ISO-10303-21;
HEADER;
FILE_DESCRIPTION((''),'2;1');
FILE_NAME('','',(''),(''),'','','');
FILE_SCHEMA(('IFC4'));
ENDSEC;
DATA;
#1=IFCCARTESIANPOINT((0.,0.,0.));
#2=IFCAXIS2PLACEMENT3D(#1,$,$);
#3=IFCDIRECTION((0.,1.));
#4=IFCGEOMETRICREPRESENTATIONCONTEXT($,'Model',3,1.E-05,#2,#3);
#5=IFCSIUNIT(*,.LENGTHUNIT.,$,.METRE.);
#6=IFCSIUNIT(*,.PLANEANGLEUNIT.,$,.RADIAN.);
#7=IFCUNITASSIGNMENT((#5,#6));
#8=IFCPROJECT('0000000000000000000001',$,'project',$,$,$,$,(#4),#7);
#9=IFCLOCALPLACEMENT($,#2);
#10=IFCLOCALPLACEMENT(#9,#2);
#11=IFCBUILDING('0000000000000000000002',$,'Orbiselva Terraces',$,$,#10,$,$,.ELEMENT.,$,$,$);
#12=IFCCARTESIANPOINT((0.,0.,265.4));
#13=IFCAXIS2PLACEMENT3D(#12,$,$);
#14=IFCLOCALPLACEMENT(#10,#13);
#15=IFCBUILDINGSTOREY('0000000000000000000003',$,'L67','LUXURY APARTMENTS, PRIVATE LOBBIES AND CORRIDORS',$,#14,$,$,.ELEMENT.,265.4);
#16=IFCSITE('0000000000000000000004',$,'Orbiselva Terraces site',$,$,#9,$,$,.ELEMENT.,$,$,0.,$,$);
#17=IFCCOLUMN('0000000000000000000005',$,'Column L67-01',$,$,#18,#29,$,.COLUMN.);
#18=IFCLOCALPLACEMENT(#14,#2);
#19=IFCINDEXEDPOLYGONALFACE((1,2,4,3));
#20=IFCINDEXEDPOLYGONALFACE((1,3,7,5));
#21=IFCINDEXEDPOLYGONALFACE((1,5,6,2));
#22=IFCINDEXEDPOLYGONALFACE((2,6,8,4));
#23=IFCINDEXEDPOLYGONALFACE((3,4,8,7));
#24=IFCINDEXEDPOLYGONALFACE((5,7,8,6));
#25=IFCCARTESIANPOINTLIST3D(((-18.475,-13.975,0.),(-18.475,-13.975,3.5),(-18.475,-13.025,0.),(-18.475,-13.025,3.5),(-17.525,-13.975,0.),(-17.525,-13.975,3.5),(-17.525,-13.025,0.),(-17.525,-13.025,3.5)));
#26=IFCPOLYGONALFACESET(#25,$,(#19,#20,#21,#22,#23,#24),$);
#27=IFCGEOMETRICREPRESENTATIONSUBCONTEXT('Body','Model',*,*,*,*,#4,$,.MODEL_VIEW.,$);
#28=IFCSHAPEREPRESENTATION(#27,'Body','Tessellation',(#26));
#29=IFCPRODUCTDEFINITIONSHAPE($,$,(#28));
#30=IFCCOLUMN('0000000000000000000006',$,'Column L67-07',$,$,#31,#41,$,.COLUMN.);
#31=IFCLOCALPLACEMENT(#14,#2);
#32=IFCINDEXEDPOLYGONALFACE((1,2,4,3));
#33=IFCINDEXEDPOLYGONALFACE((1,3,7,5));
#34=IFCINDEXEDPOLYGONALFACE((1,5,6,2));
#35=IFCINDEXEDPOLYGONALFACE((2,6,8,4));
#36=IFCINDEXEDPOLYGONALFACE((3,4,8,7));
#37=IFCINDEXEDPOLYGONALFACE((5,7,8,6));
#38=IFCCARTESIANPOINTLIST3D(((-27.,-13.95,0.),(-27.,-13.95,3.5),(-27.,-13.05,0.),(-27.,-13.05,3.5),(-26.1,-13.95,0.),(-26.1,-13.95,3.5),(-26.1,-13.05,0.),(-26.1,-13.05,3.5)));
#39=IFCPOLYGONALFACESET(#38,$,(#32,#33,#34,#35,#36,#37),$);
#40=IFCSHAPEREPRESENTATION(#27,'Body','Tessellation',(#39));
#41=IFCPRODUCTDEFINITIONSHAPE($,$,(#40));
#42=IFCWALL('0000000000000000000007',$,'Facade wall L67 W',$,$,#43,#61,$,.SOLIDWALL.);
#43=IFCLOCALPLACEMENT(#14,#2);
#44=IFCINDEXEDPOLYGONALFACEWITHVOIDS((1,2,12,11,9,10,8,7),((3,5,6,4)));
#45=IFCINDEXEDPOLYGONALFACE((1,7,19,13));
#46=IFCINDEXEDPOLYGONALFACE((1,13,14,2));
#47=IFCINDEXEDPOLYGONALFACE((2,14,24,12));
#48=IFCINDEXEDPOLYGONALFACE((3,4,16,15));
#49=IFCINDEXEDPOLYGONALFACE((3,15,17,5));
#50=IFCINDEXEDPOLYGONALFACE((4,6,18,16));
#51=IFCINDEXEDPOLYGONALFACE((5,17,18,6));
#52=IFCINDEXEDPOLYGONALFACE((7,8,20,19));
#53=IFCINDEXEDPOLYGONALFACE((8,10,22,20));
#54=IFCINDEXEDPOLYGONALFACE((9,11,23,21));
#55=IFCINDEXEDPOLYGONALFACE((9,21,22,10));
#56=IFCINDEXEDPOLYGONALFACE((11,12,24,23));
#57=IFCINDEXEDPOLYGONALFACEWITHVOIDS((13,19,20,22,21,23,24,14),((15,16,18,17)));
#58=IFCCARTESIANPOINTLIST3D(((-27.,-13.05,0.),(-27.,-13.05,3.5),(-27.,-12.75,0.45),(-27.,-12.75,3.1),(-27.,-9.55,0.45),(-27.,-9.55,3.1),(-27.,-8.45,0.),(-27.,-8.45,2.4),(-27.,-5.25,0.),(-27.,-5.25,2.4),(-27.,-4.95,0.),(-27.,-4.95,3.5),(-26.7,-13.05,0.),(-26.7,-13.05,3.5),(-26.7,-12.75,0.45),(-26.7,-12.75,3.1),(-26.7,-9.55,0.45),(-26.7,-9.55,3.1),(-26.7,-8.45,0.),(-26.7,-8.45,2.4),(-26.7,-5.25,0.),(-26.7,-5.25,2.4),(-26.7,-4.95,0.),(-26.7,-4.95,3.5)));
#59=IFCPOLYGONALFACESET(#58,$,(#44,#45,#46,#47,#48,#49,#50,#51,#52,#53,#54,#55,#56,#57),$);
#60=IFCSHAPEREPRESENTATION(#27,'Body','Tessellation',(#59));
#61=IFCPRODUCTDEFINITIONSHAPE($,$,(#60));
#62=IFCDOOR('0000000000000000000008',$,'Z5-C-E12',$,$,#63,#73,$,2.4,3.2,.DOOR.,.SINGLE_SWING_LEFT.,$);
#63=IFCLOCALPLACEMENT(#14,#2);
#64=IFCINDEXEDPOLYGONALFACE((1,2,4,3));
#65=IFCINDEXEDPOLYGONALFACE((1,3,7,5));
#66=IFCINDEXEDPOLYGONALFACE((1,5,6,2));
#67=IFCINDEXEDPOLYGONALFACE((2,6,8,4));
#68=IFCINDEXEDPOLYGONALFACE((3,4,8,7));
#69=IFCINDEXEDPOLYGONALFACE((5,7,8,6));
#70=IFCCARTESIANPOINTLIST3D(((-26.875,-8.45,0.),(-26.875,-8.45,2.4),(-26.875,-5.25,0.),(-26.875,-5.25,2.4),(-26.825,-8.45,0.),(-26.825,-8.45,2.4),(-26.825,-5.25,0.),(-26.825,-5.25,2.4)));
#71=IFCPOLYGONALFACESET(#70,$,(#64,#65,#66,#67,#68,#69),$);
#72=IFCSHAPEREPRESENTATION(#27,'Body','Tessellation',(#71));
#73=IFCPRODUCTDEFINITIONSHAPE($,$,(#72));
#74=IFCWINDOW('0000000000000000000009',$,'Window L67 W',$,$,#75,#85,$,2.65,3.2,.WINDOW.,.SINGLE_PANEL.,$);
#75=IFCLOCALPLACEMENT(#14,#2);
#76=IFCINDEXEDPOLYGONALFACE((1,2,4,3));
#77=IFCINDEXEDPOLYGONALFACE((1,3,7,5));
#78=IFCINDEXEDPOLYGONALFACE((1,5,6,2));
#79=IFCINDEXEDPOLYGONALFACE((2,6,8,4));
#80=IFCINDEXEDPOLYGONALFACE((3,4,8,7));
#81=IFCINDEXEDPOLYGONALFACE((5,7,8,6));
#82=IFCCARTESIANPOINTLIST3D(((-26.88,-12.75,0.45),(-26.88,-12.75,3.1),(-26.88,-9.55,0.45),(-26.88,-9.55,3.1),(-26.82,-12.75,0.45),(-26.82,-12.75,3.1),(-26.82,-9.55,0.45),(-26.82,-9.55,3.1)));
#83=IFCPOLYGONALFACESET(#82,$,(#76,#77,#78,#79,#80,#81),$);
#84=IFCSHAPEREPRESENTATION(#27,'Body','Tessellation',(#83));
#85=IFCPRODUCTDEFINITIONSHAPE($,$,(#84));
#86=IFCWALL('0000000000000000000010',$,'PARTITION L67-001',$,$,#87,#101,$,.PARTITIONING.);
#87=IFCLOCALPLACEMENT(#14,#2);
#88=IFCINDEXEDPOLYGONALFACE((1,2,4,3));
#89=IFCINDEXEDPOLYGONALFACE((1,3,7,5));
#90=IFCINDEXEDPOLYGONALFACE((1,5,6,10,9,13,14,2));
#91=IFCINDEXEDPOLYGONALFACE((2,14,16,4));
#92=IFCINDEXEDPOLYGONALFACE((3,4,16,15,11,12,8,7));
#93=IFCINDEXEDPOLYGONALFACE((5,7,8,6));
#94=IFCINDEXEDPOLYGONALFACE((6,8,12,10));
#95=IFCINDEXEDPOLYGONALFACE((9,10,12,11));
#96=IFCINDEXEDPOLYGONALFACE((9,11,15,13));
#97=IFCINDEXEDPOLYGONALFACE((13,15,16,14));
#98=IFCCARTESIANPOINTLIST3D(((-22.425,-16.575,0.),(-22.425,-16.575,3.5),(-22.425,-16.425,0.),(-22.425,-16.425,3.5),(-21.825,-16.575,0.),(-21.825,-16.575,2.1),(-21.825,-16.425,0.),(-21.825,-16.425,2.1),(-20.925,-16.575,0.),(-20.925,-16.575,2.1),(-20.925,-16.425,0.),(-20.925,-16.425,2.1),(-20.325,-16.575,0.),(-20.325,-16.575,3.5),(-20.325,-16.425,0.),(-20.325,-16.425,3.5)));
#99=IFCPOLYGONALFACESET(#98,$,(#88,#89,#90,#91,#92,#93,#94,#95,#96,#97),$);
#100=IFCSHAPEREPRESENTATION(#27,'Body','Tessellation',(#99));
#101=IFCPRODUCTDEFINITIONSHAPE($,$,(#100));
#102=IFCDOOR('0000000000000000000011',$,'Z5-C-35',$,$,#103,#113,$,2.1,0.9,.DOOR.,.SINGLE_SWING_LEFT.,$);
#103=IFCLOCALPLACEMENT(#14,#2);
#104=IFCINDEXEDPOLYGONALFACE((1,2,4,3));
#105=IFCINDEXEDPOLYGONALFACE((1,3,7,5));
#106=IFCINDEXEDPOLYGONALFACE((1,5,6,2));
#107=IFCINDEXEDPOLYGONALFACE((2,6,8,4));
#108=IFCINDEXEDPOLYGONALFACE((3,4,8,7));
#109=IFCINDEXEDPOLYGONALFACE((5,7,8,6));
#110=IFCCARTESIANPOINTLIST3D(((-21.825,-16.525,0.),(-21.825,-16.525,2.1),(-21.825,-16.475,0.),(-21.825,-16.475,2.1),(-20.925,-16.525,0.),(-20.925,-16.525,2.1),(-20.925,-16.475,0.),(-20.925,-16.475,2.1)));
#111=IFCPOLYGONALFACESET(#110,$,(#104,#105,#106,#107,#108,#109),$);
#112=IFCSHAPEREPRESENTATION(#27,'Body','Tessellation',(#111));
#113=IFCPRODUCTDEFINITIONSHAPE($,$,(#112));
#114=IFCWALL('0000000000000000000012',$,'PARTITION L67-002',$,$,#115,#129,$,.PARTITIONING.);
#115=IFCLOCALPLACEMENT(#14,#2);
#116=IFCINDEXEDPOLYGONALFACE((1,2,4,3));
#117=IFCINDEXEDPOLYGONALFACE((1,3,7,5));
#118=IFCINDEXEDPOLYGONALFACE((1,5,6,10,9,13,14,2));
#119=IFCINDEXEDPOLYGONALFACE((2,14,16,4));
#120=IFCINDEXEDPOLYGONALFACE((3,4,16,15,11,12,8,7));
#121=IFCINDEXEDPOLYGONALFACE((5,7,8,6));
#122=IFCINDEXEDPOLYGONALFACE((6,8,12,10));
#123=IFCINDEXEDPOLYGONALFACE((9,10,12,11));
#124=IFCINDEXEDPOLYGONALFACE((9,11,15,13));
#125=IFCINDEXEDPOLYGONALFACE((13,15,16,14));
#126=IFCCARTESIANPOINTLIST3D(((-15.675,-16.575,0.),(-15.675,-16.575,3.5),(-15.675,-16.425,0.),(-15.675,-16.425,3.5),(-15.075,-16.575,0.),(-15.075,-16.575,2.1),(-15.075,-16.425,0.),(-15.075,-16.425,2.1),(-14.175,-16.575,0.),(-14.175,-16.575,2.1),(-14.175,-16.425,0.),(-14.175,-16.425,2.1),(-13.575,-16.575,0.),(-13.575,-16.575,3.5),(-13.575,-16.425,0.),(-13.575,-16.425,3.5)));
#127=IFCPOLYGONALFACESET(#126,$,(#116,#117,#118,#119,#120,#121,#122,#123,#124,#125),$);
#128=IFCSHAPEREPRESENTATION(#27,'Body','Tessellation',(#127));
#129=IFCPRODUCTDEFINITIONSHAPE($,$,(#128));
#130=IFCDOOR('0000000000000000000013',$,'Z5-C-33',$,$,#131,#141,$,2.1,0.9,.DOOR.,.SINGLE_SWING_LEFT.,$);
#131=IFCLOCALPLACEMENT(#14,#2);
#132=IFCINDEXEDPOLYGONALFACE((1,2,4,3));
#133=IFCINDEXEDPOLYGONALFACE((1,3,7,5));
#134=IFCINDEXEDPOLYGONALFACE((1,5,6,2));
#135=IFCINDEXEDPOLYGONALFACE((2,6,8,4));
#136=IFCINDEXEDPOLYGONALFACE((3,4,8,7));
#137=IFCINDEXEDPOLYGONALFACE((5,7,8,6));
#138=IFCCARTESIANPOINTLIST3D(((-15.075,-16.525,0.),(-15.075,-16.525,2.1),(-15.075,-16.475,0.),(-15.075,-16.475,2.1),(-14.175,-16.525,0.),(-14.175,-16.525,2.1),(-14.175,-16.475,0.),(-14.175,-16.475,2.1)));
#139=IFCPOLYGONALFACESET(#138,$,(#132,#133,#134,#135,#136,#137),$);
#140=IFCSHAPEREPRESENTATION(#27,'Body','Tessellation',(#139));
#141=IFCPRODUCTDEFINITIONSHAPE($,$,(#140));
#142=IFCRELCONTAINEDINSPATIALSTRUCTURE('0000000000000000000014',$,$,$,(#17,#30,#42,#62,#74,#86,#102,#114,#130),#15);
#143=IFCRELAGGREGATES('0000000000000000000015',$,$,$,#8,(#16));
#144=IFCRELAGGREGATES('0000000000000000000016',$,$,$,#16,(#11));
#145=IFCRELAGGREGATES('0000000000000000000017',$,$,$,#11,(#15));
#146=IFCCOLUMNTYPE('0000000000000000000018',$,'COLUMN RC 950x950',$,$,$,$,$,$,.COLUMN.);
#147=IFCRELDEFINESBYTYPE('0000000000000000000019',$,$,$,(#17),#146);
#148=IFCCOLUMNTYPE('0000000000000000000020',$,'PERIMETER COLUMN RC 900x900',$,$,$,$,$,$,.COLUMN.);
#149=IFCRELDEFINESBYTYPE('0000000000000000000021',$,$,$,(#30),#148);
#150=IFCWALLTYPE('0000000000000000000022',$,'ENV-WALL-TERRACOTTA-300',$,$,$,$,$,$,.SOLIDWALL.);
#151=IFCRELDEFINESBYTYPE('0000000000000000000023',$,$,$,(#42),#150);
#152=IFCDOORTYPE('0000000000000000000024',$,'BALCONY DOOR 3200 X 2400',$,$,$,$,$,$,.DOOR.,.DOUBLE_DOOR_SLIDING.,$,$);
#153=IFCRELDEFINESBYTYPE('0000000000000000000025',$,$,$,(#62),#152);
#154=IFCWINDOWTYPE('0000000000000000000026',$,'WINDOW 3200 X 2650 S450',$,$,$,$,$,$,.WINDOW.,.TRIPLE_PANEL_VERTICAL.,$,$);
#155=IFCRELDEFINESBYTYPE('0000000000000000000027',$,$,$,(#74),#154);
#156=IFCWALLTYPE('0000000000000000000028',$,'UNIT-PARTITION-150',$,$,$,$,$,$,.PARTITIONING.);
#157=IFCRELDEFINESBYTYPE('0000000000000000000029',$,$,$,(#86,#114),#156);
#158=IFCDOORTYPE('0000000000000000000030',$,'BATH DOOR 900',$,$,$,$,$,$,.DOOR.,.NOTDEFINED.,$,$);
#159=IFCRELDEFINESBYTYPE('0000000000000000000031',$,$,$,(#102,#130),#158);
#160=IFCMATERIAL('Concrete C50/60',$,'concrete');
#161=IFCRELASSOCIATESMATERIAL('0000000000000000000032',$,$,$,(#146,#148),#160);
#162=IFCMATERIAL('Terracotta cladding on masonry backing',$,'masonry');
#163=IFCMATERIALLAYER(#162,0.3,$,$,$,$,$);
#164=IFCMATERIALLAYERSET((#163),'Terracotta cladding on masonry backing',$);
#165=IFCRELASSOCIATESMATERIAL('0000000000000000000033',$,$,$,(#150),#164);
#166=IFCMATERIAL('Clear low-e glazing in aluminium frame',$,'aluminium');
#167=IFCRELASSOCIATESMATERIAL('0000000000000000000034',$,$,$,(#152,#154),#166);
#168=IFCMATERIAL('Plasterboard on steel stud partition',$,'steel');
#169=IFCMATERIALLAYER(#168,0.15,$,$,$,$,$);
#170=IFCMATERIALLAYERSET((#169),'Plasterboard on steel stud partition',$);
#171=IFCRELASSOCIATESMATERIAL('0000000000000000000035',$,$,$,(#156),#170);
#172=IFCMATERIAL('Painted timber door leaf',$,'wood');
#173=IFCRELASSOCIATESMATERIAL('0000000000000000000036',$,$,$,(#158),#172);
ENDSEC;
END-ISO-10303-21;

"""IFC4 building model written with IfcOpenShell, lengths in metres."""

from ifc_helpers import new_model, si_unit, direction, frame, frame_2d, origin, origin_2d, place, context, subcontext, project, spatial, rectangle, extrude, material, layer, layer_set, material_profile, profile_set, type_object, element, fill, save


model = new_model("IFC4")

# Units and contexts
model_context = context("Model", 3, precision=1e-05, world=origin(), true_north=direction((0.0, 1.0)))
body_context = subcontext(model_context, "Body", "Model", "MODEL_VIEW")
ifc_project = project(units=[si_unit("LENGTHUNIT", "METRE"), si_unit("PLANEANGLEUNIT", "RADIAN")], contexts=[model_context])

# Site, building, storey
site_placement = place(None, origin())
site = spatial("IfcSite", under=ifc_project, at=site_placement, Name="Orbiselva Terraces site", CompositionType="ELEMENT", RefElevation=0.0)
building_placement = place(site_placement, origin())
building = spatial("IfcBuilding", under=site, at=building_placement, Name="Orbiselva Terraces", CompositionType="ELEMENT")
storey_placement = place(building_placement, frame((0.0, 0.0, 265.4)))
storey = spatial("IfcBuildingStorey", under=building, at=storey_placement, Name="L67", Description="LUXURY APARTMENTS, PRIVATE LOBBIES AND CORRIDORS", CompositionType="ELEMENT", Elevation=265.4)

# Columns
ifc_material_1 = material(Name="Concrete C50/60", Category="concrete")
ifc_material_profile_1 = material_profile(ifc_material_1, rectangle(XDim=0.95, YDim=0.95, at=origin_2d()), Name="RC 950x950")
ifc_profile_set_1 = profile_set([ifc_material_profile_1], Name="Concrete C50/60")
column_type_1 = type_object("IfcColumnType", Name="COLUMN RC 950x950", PredefinedType="COLUMN", material=ifc_profile_set_1)
column_1_placement = place(storey_placement, frame((-18.0, -13.5, 0.0), z_axis=(0.0, 0.0, 1.0), x_axis=(1.0, 0.0, 0.0)))
element("IfcColumn", 1, at=column_1_placement, inside=storey, type_object=column_type_1, Name="Column L67-01", PredefinedType="COLUMN", context=body_context, shape_type="SweptSolid", body=[
    extrude(rectangle(XDim=0.95, YDim=0.95, at=origin_2d()), origin(), (0.0, 0.0, 1.0), 3.5),
])
ifc_material_profile_2 = material_profile(ifc_material_1, rectangle(XDim=0.9, YDim=0.9, at=origin_2d()), Name="RC 900x900")
ifc_profile_set_2 = profile_set([ifc_material_profile_2], Name="Concrete C50/60")
column_type_2 = type_object("IfcColumnType", Name="PERIMETER COLUMN RC 900x900", PredefinedType="COLUMN", material=ifc_profile_set_2)
column_2_placement = place(storey_placement, frame((-26.55, -13.5, 0.0), z_axis=(0.0, 0.0, 1.0), x_axis=(1.0, 0.0, 0.0)))
element("IfcColumn", 2, at=column_2_placement, inside=storey, type_object=column_type_2, Name="Column L67-07", PredefinedType="COLUMN", context=body_context, shape_type="SweptSolid", body=[
    extrude(rectangle(XDim=0.9, YDim=0.9, at=origin_2d()), origin(), (0.0, 0.0, 1.0), 3.5),
])

# Wall, openings, door, window
ifc_material_2 = material(Name="Terracotta cladding on masonry backing", Category="masonry")
ifc_layer_1 = layer(ifc_material_2, 0.3)
ifc_layer_set_1 = layer_set([ifc_layer_1], Name="Terracotta cladding on masonry backing")
wall_type_1 = type_object("IfcWallType", Name="ENV-WALL-TERRACOTTA-300", PredefinedType="SOLIDWALL", material=ifc_layer_set_1)
wall_1_placement = place(storey_placement, frame((-26.85, -13.05, 0.0), z_axis=(0.0, 0.0, 1.0), x_axis=(0.0, 1.0, 0.0)))
wall_1 = element("IfcWall", 3, at=wall_1_placement, inside=storey, type_object=wall_type_1, Name="Facade wall L67 W", PredefinedType="SOLIDWALL", context=body_context, shape_type="SweptSolid", body=[
    extrude(rectangle(XDim=8.1, YDim=0.3, at=frame_2d((4.05, 0.0))), origin(), (0.0, 0.0, 1.0), 3.5),
])
opening_1_placement = place(wall_1_placement, frame((4.6, 0.0, 0.0)))
opening_1 = element("IfcOpeningElement", 4, at=opening_1_placement, cuts=wall_1, PredefinedType="OPENING", context=body_context, shape_type="SweptSolid", body=[
    extrude(rectangle(XDim=3.2, YDim=2.4, at=frame_2d((1.6, 1.2))), frame((0.0, 0.16, 0.0), z_axis=(0.0, -1.0, 0.0), x_axis=(1.0, 0.0, 0.0)), (0.0, 0.0, 1.0), 0.32),
])
opening_2_placement = place(wall_1_placement, frame((0.3, 0.0, 0.45)))
opening_2 = element("IfcOpeningElement", 5, at=opening_2_placement, cuts=wall_1, PredefinedType="OPENING", context=body_context, shape_type="SweptSolid", body=[
    extrude(rectangle(XDim=3.2, YDim=2.65, at=frame_2d((1.6, 1.325))), frame((0.0, 0.16, 0.0), z_axis=(0.0, -1.0, 0.0), x_axis=(1.0, 0.0, 0.0)), (0.0, 0.0, 1.0), 0.32),
])
ifc_material_3 = material(Name="Clear low-e glazing in aluminium frame", Category="aluminium")
door_type_1 = type_object("IfcDoorType", Name="BALCONY DOOR 3200 X 2400", OperationType="DOUBLE_DOOR_SLIDING", PredefinedType="DOOR", material=ifc_material_3)
door_1_placement = place(opening_1_placement, origin())
door_1 = element("IfcDoor", 6, at=door_1_placement, inside=storey, type_object=door_type_1, Name="Z5-C-E12", OperationType="SINGLE_SWING_LEFT", OverallHeight=2.4, OverallWidth=3.2, PredefinedType="DOOR", context=body_context, shape_type="SweptSolid", body=[
    extrude(rectangle(XDim=3.2, YDim=2.4, at=frame_2d((1.6, 1.2))), frame((0.0, 0.025, 0.0), z_axis=(0.0, -1.0, 0.0), x_axis=(1.0, 0.0, 0.0)), (0.0, 0.0, 1.0), 0.05),
])
fill(opening_1, door_1)
window_type = type_object("IfcWindowType", Name="WINDOW 3200 X 2650 S450", PartitioningType="TRIPLE_PANEL_VERTICAL", PredefinedType="WINDOW", material=ifc_material_3)
window_placement = place(opening_2_placement, origin())
window = element("IfcWindow", 7, at=window_placement, inside=storey, type_object=window_type, Name="Window L67 W", OverallHeight=2.65, OverallWidth=3.2, PartitioningType="SINGLE_PANEL", PredefinedType="WINDOW", context=body_context, shape_type="SweptSolid", body=[
    extrude(rectangle(XDim=3.2, YDim=2.65, at=frame_2d((1.6, 1.325))), frame((0.0, 0.03, 0.0), z_axis=(0.0, -1.0, 0.0), x_axis=(1.0, 0.0, 0.0)), (0.0, 0.0, 1.0), 0.06),
])
fill(opening_2, window)

# Walls, openings, doors
ifc_material_4 = material(Name="Plasterboard on steel stud partition", Category="steel")
ifc_layer_2 = layer(ifc_material_4, 0.15)
ifc_layer_set_2 = layer_set([ifc_layer_2], Name="Plasterboard on steel stud partition")
wall_type_2 = type_object("IfcWallType", Name="UNIT-PARTITION-150", PredefinedType="PARTITIONING", material=ifc_layer_set_2)
wall_2_placement = place(storey_placement, frame((-22.425, -16.5, 0.0), z_axis=(0.0, 0.0, 1.0), x_axis=(1.0, 0.0, 0.0)))
wall_2 = element("IfcWall", 8, at=wall_2_placement, inside=storey, type_object=wall_type_2, Name="PARTITION L67-001", PredefinedType="PARTITIONING", context=body_context, shape_type="SweptSolid", body=[
    extrude(rectangle(XDim=2.1, YDim=0.15, at=frame_2d((1.05, 0.0))), origin(), (0.0, 0.0, 1.0), 3.5),
])
opening_3_placement = place(wall_2_placement, frame((0.6, 0.0, 0.0)))
opening_3 = element("IfcOpeningElement", 9, at=opening_3_placement, cuts=wall_2, PredefinedType="OPENING", context=body_context, shape_type="SweptSolid", body=[
    extrude(rectangle(XDim=0.9, YDim=2.1, at=frame_2d((0.45, 1.05))), frame((0.0, 0.085, 0.0), z_axis=(0.0, -1.0, 0.0), x_axis=(1.0, 0.0, 0.0)), (0.0, 0.0, 1.0), 0.17),
])
ifc_material_5 = material(Name="Painted timber door leaf", Category="wood")
door_type_2 = type_object("IfcDoorType", Name="BATH DOOR 900", OperationType="NOTDEFINED", PredefinedType="DOOR", material=ifc_material_5)
door_2_placement = place(opening_3_placement, origin())
door_2 = element("IfcDoor", 10, at=door_2_placement, inside=storey, type_object=door_type_2, Name="Z5-C-35", OperationType="SINGLE_SWING_LEFT", OverallHeight=2.1, OverallWidth=0.9, PredefinedType="DOOR", context=body_context, shape_type="SweptSolid", body=[
    extrude(rectangle(XDim=0.9, YDim=2.1, at=frame_2d((0.45, 1.05))), frame((0.0, 0.025, 0.0), z_axis=(0.0, -1.0, 0.0), x_axis=(1.0, 0.0, 0.0)), (0.0, 0.0, 1.0), 0.05),
])
fill(opening_3, door_2)
wall_3_placement = place(storey_placement, frame((-15.675, -16.5, 0.0), z_axis=(0.0, 0.0, 1.0), x_axis=(1.0, 0.0, 0.0)))
wall_3 = element("IfcWall", 11, at=wall_3_placement, inside=storey, type_object=wall_type_2, Name="PARTITION L67-002", PredefinedType="PARTITIONING", context=body_context, shape_type="SweptSolid", body=[
    extrude(rectangle(XDim=2.1, YDim=0.15, at=frame_2d((1.05, 0.0))), origin(), (0.0, 0.0, 1.0), 3.5),
])
opening_4_placement = place(wall_3_placement, frame((0.6, 0.0, 0.0)))
opening_4 = element("IfcOpeningElement", 12, at=opening_4_placement, cuts=wall_3, PredefinedType="OPENING", context=body_context, shape_type="SweptSolid", body=[
    extrude(rectangle(XDim=0.9, YDim=2.1, at=frame_2d((0.45, 1.05))), frame((0.0, 0.085, 0.0), z_axis=(0.0, -1.0, 0.0), x_axis=(1.0, 0.0, 0.0)), (0.0, 0.0, 1.0), 0.17),
])
door_3_placement = place(opening_4_placement, origin())
door_3 = element("IfcDoor", 13, at=door_3_placement, inside=storey, type_object=door_type_2, Name="Z5-C-33", OperationType="SINGLE_SWING_LEFT", OverallHeight=2.1, OverallWidth=0.9, PredefinedType="DOOR", context=body_context, shape_type="SweptSolid", body=[
    extrude(rectangle(XDim=0.9, YDim=2.1, at=frame_2d((0.45, 1.05))), frame((0.0, 0.025, 0.0), z_axis=(0.0, -1.0, 0.0), x_axis=(1.0, 0.0, 0.0)), (0.0, 0.0, 1.0), 0.05),
])
fill(opening_4, door_3)

save(model, "model.ifc")
